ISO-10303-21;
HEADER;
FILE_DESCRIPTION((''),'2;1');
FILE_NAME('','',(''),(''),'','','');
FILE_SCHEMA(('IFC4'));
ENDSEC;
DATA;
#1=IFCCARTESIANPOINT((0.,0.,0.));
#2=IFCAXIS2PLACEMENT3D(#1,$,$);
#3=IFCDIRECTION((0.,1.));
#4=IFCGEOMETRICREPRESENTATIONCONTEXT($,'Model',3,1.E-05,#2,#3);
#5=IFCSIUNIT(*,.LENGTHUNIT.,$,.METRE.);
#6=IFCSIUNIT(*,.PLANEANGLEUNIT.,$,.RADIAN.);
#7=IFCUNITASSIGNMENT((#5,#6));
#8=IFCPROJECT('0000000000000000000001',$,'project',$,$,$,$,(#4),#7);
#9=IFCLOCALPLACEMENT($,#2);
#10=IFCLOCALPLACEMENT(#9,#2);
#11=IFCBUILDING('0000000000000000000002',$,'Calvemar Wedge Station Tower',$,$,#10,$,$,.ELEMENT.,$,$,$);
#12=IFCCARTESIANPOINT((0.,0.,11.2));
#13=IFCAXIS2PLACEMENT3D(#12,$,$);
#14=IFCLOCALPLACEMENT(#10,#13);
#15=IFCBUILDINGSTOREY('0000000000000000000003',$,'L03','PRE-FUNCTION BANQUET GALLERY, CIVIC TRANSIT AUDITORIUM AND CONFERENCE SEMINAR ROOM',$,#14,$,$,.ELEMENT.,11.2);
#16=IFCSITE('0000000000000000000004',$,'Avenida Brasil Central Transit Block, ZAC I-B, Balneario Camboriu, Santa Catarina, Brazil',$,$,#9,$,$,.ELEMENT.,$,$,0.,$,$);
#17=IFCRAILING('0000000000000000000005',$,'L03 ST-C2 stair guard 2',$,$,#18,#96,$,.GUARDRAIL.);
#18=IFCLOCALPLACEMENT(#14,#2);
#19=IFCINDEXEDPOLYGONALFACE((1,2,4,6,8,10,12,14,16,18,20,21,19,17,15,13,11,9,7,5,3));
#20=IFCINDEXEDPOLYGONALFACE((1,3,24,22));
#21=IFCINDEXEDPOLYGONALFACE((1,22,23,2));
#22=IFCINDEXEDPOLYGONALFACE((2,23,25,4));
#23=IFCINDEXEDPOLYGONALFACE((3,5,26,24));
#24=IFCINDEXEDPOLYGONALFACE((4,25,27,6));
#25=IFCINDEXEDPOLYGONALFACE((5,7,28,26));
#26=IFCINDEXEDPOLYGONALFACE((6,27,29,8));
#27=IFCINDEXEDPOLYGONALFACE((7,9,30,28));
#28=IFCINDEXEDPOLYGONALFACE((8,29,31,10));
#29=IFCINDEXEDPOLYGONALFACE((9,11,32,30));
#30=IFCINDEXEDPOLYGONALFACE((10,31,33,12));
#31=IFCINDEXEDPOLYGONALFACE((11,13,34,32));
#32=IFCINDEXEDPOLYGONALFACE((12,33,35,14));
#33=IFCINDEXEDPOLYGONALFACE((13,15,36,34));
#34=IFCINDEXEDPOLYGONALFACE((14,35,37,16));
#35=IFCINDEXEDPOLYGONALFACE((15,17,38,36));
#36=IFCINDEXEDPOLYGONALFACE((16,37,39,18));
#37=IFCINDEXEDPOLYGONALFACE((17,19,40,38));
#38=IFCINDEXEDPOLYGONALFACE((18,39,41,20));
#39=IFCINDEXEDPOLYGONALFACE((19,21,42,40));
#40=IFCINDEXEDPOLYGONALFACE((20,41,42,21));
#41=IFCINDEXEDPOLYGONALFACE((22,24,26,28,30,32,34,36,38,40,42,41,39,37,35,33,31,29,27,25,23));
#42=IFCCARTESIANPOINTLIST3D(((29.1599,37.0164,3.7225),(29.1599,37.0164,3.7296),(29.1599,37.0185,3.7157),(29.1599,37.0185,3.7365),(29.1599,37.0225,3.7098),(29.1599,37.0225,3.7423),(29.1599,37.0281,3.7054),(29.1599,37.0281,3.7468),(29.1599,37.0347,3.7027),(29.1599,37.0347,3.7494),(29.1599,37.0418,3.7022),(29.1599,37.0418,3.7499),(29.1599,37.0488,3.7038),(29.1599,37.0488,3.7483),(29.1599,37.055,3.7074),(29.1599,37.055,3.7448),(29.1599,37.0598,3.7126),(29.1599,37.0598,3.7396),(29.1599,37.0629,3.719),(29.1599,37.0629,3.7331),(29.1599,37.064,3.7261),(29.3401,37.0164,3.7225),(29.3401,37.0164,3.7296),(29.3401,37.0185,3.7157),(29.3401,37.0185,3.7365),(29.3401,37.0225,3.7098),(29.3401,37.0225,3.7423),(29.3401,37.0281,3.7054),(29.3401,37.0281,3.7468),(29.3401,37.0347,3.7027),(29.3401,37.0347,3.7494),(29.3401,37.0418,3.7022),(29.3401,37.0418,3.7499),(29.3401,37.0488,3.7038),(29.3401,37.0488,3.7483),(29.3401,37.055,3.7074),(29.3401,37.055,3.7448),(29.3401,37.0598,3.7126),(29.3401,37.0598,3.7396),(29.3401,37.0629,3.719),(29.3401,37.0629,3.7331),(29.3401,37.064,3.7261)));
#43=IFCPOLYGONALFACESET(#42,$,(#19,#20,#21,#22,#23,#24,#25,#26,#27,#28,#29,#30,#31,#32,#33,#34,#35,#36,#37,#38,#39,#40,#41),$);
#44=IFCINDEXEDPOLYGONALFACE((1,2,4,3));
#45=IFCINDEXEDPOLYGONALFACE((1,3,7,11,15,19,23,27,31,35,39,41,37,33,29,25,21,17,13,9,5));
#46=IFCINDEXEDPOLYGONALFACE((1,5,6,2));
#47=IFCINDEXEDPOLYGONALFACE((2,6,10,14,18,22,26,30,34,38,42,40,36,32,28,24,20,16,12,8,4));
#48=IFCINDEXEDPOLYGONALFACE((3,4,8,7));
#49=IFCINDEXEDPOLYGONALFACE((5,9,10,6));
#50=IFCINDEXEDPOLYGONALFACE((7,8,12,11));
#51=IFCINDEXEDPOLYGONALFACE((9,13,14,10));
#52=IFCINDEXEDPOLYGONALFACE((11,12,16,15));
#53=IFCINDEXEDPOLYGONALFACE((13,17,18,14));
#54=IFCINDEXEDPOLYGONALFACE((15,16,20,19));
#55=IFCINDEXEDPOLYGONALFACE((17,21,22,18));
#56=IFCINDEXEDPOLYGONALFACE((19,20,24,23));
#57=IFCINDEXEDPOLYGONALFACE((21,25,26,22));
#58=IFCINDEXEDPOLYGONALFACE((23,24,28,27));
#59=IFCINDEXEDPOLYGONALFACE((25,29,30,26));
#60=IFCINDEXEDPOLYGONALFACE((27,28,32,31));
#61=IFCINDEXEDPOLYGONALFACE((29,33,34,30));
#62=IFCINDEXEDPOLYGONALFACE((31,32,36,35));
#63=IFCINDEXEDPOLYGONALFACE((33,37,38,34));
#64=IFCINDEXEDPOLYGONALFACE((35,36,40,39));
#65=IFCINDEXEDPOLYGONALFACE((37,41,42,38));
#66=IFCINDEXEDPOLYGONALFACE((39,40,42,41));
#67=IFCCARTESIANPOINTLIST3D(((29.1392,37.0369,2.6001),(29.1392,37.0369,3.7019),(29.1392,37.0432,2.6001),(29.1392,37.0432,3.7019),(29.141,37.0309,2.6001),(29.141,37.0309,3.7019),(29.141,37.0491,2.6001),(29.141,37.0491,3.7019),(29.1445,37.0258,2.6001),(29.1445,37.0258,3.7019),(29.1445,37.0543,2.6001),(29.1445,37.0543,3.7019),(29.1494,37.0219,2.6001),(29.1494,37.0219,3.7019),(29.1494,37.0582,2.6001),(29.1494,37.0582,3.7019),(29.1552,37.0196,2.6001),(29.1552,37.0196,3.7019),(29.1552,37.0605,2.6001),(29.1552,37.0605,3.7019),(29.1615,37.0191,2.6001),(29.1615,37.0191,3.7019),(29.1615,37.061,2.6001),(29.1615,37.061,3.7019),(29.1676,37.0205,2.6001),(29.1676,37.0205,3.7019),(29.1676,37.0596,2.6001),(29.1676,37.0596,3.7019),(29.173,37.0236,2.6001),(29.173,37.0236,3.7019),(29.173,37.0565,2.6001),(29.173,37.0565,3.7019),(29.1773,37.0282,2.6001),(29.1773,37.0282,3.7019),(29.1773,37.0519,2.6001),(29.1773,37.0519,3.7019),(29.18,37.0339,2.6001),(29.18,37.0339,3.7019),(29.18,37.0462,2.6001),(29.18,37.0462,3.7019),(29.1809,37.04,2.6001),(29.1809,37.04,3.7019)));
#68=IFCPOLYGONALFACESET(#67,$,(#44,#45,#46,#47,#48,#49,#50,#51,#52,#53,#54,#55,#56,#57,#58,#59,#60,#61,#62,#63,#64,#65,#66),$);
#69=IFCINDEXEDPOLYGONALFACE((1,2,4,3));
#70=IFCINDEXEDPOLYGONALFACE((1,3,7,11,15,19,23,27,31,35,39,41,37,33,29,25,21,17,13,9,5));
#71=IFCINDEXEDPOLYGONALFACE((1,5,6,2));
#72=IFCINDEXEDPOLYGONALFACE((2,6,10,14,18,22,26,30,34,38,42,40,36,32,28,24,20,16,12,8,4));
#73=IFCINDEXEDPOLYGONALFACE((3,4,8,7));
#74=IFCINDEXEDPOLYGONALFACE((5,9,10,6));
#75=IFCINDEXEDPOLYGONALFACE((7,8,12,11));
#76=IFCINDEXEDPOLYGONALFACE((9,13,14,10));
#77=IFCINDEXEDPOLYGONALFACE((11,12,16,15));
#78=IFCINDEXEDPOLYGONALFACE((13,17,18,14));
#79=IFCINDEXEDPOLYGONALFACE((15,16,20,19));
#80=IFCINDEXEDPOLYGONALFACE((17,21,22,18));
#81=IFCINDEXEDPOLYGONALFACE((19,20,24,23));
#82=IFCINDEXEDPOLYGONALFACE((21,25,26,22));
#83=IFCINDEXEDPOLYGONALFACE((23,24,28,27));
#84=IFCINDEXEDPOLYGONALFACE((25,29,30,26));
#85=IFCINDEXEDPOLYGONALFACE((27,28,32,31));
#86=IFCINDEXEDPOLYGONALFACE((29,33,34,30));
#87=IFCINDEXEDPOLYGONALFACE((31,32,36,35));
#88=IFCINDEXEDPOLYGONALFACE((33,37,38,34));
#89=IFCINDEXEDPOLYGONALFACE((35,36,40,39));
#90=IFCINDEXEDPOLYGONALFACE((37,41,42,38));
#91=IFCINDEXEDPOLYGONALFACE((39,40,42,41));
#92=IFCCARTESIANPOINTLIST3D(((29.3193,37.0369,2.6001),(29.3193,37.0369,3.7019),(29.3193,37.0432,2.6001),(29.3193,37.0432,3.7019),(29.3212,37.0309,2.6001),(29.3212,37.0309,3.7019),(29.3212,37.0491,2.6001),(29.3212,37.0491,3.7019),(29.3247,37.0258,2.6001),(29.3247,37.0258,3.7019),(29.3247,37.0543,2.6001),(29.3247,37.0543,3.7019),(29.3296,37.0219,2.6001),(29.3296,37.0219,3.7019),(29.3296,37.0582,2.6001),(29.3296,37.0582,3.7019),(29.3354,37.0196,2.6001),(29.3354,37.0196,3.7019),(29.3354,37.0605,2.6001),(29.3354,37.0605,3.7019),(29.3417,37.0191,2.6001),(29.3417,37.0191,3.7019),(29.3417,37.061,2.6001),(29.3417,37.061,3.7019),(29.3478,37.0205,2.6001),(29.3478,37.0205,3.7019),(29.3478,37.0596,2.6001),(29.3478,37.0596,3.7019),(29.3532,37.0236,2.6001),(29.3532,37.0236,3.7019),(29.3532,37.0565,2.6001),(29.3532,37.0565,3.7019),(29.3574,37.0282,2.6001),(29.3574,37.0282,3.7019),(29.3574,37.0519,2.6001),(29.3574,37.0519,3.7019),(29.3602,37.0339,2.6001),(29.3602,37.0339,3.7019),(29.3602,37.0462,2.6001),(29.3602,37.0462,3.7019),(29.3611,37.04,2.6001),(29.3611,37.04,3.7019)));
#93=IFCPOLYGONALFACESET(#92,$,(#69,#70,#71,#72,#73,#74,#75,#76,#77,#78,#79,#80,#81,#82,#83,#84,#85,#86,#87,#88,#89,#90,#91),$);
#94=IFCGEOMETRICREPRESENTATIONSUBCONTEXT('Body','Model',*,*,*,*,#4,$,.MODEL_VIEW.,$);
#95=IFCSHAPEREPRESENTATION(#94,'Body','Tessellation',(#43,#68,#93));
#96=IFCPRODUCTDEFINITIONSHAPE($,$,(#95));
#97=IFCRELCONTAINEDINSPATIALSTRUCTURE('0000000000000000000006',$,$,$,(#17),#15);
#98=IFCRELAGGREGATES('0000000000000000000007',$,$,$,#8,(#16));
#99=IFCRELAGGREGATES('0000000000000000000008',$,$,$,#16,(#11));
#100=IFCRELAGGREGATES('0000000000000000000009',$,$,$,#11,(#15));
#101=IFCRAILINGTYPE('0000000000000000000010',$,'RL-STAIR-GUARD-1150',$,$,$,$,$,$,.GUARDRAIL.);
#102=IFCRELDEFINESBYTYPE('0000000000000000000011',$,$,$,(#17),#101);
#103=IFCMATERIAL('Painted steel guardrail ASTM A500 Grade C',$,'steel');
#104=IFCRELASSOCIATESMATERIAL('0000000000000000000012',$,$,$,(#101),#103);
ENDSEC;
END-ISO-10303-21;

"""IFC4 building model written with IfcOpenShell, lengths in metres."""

from ifc_helpers import new_model, si_unit, direction, frame, origin, origin_2d, place, context, subcontext, project, spatial, circle, extrude, material, type_object, element, save


model = new_model("IFC4")

# Units and contexts
model_context = context("Model", 3, precision=1e-05, world=origin(), true_north=direction((0.0, 1.0)))
body_context = subcontext(model_context, "Body", "Model", "MODEL_VIEW")
ifc_project = project(units=[si_unit("LENGTHUNIT", "METRE"), si_unit("PLANEANGLEUNIT", "RADIAN")], contexts=[model_context])

# Site, building, storey
site_placement = place(None, origin())
site = spatial("IfcSite", under=ifc_project, at=site_placement, Name="Avenida Brasil Central Transit Block, ZAC I-B, Balneario Camboriu, Santa Catarina, Brazil", CompositionType="ELEMENT", RefElevation=0.0)
building_placement = place(site_placement, origin())
building = spatial("IfcBuilding", under=site, at=building_placement, Name="Calvemar Wedge Station Tower", CompositionType="ELEMENT")
storey_placement = place(building_placement, frame((0.0, 0.0, 11.2)))
storey = spatial("IfcBuildingStorey", under=building, at=storey_placement, Name="L03", Description="PRE-FUNCTION BANQUET GALLERY, CIVIC TRANSIT AUDITORIUM AND CONFERENCE SEMINAR ROOM", CompositionType="ELEMENT", Elevation=11.2)

# Railing
ifc_material_1 = material(Name="Painted steel guardrail ASTM A500 Grade C", Category="steel")
railing_type_1 = type_object("IfcRailingType", Name="RL-STAIR-GUARD-1150", PredefinedType="GUARDRAIL", material=ifc_material_1)
railing_1_placement = place(storey_placement, frame((29.1599, 37.04, 2.6001)))
element("IfcRailing", 1, at=railing_1_placement, inside=storey, type_object=railing_type_1, Name="L03 ST-C2 stair guard 2", PredefinedType="GUARDRAIL", context=body_context, shape_type="SweptSolid", body=[
    extrude(circle(Radius=0.0239, at=origin_2d()), frame((0.0, 0.0, 1.126), z_axis=(1.0, 0.0, 0.0), x_axis=(0.0, 1.0, 0.0)), (0.0, 0.0, 1.0), 0.1802),
    extrude(circle(Radius=0.021, at=origin_2d()), origin(), (0.0, 0.0, 1.0), 1.1018),
    extrude(circle(Radius=0.021, at=origin_2d()), frame((0.1802, 0.0, 0.0)), (0.0, 0.0, 1.0), 1.1018),
])

save(model, "model.ifc")
